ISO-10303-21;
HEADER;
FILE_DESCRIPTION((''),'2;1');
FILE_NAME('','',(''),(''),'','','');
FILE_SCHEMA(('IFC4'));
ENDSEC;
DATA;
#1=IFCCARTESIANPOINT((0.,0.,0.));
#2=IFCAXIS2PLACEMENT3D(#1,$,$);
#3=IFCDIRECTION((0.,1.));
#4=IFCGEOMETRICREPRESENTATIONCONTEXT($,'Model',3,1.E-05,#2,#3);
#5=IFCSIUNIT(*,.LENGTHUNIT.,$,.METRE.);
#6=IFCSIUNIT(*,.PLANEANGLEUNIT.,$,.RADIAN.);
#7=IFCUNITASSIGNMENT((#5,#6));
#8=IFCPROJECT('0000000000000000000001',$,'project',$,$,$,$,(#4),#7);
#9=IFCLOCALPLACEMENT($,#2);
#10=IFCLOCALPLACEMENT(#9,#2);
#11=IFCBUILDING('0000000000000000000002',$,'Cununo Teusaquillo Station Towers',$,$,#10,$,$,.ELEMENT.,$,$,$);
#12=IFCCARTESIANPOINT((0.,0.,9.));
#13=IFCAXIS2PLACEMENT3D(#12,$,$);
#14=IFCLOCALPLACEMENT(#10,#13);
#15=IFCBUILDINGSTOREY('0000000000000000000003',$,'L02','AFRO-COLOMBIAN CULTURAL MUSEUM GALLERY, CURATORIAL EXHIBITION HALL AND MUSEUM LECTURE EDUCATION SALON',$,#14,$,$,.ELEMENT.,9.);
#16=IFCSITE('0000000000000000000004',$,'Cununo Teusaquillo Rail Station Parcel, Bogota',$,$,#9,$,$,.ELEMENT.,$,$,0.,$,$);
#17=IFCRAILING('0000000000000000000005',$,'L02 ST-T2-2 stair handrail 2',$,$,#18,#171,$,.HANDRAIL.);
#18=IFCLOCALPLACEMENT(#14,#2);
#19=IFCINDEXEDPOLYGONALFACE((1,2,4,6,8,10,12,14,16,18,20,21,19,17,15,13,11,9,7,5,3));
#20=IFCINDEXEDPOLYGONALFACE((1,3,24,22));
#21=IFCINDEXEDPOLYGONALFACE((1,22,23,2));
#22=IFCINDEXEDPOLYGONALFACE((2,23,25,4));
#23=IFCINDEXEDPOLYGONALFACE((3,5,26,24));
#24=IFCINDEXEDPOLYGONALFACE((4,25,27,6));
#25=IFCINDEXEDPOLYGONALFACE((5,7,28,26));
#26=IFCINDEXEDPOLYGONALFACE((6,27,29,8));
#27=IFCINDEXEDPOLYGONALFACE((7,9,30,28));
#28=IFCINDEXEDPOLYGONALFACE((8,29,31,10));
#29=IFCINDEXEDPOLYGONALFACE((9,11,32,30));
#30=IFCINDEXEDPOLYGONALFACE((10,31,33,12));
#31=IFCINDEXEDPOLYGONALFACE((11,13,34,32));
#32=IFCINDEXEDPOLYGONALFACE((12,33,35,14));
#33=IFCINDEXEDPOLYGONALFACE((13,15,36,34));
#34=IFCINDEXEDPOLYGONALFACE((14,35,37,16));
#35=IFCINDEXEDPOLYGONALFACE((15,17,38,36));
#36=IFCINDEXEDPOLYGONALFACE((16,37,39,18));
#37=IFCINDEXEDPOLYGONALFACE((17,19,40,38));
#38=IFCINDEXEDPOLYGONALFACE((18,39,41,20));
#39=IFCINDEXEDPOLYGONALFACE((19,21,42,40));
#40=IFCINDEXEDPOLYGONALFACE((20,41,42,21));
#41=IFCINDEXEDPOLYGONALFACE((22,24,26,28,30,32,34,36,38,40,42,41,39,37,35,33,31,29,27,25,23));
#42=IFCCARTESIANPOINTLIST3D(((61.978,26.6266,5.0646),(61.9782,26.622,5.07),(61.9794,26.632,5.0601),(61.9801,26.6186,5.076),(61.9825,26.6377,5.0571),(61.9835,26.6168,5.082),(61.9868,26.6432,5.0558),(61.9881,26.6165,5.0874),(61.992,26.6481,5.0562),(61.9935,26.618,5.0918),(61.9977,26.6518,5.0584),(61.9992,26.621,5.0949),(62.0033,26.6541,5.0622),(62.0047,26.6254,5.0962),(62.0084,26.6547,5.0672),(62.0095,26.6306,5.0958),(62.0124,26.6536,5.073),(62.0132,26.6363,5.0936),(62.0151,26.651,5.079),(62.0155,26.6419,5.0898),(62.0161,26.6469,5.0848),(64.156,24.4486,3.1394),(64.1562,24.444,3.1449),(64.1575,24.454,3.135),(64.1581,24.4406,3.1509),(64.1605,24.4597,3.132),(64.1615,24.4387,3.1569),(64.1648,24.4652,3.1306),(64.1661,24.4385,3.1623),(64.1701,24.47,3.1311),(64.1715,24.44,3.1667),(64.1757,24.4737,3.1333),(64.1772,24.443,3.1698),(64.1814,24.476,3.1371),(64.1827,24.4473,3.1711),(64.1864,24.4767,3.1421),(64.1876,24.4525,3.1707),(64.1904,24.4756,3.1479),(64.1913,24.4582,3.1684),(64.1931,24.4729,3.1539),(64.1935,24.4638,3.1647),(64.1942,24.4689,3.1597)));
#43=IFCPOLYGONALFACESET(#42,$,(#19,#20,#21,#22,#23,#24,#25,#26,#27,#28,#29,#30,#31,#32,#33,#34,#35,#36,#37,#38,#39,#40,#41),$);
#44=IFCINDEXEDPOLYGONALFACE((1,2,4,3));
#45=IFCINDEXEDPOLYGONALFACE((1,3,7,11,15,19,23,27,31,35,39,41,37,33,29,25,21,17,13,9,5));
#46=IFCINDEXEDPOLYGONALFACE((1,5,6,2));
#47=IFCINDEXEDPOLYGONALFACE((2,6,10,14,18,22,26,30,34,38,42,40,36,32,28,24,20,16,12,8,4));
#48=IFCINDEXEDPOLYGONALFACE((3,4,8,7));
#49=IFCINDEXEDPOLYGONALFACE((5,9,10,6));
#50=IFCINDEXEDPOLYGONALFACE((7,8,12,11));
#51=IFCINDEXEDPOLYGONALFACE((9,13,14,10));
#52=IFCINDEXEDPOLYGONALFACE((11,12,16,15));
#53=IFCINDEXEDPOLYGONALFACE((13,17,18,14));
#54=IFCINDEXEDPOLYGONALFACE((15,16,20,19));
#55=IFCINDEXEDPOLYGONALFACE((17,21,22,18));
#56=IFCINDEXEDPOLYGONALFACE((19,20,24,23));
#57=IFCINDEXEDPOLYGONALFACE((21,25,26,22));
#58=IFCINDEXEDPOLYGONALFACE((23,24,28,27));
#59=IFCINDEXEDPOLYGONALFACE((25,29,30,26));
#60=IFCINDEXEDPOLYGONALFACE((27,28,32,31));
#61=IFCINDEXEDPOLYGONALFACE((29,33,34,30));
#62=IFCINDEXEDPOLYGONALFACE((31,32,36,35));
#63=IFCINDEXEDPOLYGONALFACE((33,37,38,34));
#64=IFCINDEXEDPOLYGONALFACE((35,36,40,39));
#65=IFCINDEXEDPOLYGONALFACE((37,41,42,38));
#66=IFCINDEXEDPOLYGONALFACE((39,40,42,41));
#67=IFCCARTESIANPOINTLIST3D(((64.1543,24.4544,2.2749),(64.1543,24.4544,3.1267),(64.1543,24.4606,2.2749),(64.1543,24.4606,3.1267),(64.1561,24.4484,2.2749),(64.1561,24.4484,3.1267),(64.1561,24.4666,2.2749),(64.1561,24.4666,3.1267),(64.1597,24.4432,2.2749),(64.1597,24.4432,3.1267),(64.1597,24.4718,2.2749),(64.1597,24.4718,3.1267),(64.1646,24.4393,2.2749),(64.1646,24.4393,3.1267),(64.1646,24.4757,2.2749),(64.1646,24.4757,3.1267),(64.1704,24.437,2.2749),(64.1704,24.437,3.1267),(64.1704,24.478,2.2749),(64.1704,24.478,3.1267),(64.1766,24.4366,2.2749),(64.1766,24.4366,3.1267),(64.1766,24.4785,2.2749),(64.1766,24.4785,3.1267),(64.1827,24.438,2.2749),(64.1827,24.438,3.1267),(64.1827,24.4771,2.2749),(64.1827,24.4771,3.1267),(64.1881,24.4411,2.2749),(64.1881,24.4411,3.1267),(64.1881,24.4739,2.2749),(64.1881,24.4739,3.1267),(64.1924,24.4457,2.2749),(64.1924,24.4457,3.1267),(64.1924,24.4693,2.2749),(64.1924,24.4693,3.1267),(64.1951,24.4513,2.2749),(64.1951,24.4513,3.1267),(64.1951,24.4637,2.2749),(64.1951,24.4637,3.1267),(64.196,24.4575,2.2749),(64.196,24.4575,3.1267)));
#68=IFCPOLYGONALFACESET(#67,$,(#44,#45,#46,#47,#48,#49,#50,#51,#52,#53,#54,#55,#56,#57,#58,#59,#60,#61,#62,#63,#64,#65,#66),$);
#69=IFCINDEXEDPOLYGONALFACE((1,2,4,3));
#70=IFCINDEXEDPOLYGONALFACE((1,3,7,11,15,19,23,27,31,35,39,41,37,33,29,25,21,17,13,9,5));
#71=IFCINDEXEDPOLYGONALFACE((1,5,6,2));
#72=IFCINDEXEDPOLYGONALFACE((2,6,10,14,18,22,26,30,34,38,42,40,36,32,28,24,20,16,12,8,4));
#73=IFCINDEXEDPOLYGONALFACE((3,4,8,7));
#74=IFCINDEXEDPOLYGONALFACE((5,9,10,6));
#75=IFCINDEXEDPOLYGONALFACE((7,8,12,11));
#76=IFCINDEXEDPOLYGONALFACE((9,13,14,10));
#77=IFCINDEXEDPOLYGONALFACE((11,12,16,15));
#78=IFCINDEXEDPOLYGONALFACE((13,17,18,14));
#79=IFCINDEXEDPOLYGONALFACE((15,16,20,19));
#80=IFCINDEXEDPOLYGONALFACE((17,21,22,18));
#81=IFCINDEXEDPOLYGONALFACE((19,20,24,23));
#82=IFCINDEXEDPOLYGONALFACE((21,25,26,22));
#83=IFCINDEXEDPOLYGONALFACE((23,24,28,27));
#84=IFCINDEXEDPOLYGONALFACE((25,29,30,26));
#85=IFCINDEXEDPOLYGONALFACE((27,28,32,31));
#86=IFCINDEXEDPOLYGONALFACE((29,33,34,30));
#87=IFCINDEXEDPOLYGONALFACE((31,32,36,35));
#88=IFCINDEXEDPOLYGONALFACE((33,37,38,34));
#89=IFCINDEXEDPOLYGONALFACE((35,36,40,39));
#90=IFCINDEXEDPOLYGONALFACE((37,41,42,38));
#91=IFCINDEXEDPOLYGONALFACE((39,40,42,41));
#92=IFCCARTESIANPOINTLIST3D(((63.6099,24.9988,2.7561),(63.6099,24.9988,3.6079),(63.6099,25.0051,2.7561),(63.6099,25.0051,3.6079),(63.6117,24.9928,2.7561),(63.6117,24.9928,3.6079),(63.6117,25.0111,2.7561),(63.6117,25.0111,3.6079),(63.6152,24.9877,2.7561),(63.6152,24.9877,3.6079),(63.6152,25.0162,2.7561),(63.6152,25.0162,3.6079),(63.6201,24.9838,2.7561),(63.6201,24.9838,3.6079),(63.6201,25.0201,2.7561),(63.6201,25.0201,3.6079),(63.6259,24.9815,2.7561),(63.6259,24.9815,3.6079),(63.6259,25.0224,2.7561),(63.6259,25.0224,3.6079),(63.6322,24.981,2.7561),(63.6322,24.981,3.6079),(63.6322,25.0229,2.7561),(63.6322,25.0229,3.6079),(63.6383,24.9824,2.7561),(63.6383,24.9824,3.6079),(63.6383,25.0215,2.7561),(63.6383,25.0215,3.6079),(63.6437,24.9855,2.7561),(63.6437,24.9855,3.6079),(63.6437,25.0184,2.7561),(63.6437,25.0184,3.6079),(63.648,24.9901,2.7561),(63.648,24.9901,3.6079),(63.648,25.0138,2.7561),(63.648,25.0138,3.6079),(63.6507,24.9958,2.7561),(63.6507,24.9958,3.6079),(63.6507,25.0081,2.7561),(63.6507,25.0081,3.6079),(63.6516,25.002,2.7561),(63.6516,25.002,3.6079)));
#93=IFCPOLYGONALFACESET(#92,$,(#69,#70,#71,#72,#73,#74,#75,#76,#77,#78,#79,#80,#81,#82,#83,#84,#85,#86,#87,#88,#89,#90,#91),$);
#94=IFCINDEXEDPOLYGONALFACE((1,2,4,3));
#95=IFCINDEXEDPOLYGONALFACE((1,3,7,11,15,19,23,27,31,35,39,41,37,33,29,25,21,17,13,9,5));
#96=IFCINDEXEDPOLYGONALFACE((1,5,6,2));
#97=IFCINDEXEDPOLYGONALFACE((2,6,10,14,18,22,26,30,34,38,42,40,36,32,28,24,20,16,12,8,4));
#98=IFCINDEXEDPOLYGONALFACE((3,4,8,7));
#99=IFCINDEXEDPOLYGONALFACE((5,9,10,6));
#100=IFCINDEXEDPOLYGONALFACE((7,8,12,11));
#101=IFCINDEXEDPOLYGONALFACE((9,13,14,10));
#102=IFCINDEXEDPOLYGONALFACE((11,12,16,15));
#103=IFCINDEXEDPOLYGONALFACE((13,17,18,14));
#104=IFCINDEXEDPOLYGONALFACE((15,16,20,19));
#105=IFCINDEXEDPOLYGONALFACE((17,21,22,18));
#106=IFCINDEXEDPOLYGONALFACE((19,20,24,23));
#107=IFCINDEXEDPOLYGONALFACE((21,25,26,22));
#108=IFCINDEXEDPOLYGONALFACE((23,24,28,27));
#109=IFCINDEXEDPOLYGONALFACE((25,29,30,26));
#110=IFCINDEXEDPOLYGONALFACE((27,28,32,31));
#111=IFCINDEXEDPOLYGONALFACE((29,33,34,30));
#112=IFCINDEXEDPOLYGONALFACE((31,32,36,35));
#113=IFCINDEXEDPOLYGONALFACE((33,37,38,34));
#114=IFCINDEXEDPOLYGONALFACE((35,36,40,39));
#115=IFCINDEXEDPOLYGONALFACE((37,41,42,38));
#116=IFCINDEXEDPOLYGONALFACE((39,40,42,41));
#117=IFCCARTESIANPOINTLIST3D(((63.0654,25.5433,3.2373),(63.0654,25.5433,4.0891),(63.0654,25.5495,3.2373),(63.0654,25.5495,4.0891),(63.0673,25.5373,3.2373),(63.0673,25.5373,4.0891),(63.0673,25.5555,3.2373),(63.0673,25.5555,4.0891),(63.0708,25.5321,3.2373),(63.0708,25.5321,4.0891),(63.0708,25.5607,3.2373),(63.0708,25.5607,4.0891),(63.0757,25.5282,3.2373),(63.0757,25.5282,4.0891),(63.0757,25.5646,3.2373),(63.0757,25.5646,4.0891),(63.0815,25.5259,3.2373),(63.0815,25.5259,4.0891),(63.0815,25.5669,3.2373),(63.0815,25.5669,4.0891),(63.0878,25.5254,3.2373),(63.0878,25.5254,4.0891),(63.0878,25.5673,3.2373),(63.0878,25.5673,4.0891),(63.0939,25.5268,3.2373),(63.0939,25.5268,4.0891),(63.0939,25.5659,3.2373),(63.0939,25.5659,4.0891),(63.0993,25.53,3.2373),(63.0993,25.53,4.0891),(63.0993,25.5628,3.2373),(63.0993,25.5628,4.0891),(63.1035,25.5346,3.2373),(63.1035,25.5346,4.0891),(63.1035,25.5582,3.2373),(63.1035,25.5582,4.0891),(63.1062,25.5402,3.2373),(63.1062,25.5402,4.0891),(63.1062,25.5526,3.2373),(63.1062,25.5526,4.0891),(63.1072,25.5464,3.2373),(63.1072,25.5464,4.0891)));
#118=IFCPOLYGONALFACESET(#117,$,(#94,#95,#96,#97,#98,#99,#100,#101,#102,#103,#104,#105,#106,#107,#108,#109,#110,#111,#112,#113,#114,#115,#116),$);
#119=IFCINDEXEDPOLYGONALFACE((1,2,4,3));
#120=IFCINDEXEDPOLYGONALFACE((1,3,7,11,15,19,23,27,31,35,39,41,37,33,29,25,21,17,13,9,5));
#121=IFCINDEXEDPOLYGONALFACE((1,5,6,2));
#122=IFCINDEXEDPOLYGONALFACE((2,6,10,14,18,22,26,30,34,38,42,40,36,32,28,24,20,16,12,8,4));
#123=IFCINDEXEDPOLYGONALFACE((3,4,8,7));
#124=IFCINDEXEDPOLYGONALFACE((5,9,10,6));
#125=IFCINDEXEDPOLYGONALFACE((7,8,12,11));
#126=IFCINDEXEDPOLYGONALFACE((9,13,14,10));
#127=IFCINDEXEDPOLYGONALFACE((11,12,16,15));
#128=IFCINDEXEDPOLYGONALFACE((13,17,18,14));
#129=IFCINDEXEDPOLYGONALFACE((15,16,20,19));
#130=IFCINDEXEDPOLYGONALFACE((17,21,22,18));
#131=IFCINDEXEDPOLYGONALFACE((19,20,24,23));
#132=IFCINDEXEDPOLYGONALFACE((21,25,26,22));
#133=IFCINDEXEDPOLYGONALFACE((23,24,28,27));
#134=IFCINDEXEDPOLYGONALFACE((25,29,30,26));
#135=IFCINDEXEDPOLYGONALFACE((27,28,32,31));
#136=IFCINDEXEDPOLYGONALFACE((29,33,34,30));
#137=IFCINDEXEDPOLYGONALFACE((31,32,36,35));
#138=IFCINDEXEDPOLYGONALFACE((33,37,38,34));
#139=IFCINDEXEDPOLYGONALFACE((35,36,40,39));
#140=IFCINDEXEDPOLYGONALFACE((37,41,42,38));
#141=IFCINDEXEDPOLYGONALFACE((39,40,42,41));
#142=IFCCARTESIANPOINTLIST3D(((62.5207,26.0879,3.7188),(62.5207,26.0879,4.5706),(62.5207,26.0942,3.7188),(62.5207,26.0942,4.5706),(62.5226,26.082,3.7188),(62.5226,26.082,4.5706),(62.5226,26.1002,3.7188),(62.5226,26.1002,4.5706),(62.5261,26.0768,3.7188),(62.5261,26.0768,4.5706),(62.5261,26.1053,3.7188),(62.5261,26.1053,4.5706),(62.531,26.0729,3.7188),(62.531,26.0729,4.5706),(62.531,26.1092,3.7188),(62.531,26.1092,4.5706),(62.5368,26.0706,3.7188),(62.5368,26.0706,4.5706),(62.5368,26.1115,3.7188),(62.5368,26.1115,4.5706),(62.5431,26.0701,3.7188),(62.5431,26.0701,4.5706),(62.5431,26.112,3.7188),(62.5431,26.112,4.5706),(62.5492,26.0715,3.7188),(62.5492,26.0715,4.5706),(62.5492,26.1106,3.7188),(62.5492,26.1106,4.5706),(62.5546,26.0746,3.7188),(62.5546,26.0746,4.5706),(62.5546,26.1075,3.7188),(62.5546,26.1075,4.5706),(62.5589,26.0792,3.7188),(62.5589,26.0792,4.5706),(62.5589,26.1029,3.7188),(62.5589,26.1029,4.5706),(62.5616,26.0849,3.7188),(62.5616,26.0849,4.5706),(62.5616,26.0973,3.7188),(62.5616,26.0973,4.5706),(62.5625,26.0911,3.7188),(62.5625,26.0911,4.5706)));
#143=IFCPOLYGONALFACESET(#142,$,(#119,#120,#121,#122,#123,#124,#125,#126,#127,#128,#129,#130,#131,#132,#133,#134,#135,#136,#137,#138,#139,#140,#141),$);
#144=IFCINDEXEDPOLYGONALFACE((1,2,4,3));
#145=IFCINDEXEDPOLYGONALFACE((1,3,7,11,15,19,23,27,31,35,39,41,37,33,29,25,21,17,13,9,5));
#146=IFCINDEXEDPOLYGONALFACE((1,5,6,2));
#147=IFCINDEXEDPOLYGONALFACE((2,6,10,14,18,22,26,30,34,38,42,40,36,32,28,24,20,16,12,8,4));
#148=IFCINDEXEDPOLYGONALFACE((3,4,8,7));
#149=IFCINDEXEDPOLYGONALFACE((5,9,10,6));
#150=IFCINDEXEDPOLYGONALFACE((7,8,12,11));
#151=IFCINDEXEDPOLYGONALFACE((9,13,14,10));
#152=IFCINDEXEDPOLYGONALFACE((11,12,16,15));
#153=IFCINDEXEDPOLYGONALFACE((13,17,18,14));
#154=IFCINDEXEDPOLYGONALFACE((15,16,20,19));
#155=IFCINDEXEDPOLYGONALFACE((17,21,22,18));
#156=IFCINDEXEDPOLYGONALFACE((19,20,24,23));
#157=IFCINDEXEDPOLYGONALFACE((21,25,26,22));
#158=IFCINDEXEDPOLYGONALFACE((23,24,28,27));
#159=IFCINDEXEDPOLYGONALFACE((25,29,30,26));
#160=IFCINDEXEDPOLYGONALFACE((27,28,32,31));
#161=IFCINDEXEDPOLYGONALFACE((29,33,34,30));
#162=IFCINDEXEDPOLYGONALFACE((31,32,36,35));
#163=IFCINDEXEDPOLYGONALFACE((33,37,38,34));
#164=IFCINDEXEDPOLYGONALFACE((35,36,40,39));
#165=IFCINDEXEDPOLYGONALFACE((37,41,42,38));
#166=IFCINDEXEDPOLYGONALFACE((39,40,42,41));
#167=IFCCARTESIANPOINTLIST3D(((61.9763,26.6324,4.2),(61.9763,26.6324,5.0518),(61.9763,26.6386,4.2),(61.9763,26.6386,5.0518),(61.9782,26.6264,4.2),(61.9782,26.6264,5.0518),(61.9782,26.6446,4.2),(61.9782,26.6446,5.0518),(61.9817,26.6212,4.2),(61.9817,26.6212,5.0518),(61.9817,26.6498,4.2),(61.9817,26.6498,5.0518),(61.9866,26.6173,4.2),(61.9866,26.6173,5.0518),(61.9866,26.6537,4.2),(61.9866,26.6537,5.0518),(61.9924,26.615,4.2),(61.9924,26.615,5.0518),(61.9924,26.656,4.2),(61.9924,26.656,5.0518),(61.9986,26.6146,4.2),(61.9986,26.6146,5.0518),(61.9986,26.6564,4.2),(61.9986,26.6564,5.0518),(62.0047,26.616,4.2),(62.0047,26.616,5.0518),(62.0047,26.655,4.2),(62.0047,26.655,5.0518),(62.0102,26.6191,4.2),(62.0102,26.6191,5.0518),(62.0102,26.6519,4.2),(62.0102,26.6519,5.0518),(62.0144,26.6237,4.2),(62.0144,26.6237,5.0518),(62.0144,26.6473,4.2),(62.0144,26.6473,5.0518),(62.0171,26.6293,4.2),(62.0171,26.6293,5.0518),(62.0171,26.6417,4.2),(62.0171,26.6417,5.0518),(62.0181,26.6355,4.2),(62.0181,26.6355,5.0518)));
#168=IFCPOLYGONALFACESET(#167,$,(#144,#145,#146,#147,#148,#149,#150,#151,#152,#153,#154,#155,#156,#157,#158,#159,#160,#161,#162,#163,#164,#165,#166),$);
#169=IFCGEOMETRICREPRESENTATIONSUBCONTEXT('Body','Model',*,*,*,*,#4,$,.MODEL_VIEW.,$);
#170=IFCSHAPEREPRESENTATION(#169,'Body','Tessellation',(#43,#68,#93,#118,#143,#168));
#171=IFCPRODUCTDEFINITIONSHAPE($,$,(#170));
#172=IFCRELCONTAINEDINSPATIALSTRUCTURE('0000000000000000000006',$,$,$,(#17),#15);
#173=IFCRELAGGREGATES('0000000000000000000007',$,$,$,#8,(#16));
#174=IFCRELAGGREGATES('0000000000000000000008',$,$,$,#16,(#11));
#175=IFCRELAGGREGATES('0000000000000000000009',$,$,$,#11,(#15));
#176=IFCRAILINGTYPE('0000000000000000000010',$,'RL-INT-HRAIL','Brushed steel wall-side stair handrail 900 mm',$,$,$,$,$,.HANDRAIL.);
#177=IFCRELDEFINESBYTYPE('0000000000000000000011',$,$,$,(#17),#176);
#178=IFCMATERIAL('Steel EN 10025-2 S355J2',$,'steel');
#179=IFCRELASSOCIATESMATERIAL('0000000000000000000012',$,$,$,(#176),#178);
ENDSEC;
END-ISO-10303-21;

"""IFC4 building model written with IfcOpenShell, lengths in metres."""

from ifc_helpers import new_model, si_unit, direction, frame, origin, origin_2d, place, context, subcontext, project, spatial, circle, extrude, material, type_object, element, save


model = new_model("IFC4")

# Units and contexts
model_context = context("Model", 3, precision=1e-05, world=origin(), true_north=direction((0.0, 1.0)))
body_context = subcontext(model_context, "Body", "Model", "MODEL_VIEW")
ifc_project = project(units=[si_unit("LENGTHUNIT", "METRE"), si_unit("PLANEANGLEUNIT", "RADIAN")], contexts=[model_context])

# Site, building, storey
site_placement = place(None, origin())
site = spatial("IfcSite", under=ifc_project, at=site_placement, Name="Cununo Teusaquillo Rail Station Parcel, Bogota", CompositionType="ELEMENT", RefElevation=0.0)
building_placement = place(site_placement, origin())
building = spatial("IfcBuilding", under=site, at=building_placement, Name="Cununo Teusaquillo Station Towers", CompositionType="ELEMENT")
storey_placement = place(building_placement, frame((0.0, 0.0, 9.0)))
storey = spatial("IfcBuildingStorey", under=building, at=storey_placement, Name="L02", Description="AFRO-COLOMBIAN CULTURAL MUSEUM GALLERY, CURATORIAL EXHIBITION HALL AND MUSEUM LECTURE EDUCATION SALON", CompositionType="ELEMENT", Elevation=9.0)

# Railing
ifc_material_1 = material(Name="Steel EN 10025-2 S355J2", Category="steel")
railing_type_1 = type_object("IfcRailingType", Name="RL-INT-HRAIL", Description="Brushed steel wall-side stair handrail 900 mm", PredefinedType="HANDRAIL", material=ifc_material_1)
railing_1_placement = place(storey_placement, frame((64.175, 24.4575, 2.2749)))
element("IfcRailing", 1, at=railing_1_placement, inside=storey, type_object=railing_type_1, Name="L02 ST-T2-2 stair handrail 2", PredefinedType="HANDRAIL", context=body_context, shape_type="SweptSolid", body=[
    extrude(circle(Radius=0.0239, at=origin_2d()), frame((0.0, 0.0, 0.876), z_axis=(-0.599628, 0.599628, 0.529993), x_axis=(-0.707107, -0.707107, 0.0)), (0.0, 0.0, 1.0), 3.6323),
    extrude(circle(Radius=0.021, at=origin_2d()), origin(), (0.0, 0.0, 1.0), 0.8518),
    extrude(circle(Radius=0.021, at=origin_2d()), frame((-0.5444, 0.5444, 0.4812)), (0.0, 0.0, 1.0), 0.8518),
    extrude(circle(Radius=0.021, at=origin_2d()), frame((-1.0889, 1.0889, 0.9624)), (0.0, 0.0, 1.0), 0.8518),
    extrude(circle(Radius=0.021, at=origin_2d()), frame((-1.6335, 1.6335, 1.4438)), (0.0, 0.0, 1.0), 0.8518),
    extrude(circle(Radius=0.021, at=origin_2d()), frame((-2.178, 2.178, 1.925)), (0.0, 0.0, 1.0), 0.8518),
])

save(model, "model.ifc")
